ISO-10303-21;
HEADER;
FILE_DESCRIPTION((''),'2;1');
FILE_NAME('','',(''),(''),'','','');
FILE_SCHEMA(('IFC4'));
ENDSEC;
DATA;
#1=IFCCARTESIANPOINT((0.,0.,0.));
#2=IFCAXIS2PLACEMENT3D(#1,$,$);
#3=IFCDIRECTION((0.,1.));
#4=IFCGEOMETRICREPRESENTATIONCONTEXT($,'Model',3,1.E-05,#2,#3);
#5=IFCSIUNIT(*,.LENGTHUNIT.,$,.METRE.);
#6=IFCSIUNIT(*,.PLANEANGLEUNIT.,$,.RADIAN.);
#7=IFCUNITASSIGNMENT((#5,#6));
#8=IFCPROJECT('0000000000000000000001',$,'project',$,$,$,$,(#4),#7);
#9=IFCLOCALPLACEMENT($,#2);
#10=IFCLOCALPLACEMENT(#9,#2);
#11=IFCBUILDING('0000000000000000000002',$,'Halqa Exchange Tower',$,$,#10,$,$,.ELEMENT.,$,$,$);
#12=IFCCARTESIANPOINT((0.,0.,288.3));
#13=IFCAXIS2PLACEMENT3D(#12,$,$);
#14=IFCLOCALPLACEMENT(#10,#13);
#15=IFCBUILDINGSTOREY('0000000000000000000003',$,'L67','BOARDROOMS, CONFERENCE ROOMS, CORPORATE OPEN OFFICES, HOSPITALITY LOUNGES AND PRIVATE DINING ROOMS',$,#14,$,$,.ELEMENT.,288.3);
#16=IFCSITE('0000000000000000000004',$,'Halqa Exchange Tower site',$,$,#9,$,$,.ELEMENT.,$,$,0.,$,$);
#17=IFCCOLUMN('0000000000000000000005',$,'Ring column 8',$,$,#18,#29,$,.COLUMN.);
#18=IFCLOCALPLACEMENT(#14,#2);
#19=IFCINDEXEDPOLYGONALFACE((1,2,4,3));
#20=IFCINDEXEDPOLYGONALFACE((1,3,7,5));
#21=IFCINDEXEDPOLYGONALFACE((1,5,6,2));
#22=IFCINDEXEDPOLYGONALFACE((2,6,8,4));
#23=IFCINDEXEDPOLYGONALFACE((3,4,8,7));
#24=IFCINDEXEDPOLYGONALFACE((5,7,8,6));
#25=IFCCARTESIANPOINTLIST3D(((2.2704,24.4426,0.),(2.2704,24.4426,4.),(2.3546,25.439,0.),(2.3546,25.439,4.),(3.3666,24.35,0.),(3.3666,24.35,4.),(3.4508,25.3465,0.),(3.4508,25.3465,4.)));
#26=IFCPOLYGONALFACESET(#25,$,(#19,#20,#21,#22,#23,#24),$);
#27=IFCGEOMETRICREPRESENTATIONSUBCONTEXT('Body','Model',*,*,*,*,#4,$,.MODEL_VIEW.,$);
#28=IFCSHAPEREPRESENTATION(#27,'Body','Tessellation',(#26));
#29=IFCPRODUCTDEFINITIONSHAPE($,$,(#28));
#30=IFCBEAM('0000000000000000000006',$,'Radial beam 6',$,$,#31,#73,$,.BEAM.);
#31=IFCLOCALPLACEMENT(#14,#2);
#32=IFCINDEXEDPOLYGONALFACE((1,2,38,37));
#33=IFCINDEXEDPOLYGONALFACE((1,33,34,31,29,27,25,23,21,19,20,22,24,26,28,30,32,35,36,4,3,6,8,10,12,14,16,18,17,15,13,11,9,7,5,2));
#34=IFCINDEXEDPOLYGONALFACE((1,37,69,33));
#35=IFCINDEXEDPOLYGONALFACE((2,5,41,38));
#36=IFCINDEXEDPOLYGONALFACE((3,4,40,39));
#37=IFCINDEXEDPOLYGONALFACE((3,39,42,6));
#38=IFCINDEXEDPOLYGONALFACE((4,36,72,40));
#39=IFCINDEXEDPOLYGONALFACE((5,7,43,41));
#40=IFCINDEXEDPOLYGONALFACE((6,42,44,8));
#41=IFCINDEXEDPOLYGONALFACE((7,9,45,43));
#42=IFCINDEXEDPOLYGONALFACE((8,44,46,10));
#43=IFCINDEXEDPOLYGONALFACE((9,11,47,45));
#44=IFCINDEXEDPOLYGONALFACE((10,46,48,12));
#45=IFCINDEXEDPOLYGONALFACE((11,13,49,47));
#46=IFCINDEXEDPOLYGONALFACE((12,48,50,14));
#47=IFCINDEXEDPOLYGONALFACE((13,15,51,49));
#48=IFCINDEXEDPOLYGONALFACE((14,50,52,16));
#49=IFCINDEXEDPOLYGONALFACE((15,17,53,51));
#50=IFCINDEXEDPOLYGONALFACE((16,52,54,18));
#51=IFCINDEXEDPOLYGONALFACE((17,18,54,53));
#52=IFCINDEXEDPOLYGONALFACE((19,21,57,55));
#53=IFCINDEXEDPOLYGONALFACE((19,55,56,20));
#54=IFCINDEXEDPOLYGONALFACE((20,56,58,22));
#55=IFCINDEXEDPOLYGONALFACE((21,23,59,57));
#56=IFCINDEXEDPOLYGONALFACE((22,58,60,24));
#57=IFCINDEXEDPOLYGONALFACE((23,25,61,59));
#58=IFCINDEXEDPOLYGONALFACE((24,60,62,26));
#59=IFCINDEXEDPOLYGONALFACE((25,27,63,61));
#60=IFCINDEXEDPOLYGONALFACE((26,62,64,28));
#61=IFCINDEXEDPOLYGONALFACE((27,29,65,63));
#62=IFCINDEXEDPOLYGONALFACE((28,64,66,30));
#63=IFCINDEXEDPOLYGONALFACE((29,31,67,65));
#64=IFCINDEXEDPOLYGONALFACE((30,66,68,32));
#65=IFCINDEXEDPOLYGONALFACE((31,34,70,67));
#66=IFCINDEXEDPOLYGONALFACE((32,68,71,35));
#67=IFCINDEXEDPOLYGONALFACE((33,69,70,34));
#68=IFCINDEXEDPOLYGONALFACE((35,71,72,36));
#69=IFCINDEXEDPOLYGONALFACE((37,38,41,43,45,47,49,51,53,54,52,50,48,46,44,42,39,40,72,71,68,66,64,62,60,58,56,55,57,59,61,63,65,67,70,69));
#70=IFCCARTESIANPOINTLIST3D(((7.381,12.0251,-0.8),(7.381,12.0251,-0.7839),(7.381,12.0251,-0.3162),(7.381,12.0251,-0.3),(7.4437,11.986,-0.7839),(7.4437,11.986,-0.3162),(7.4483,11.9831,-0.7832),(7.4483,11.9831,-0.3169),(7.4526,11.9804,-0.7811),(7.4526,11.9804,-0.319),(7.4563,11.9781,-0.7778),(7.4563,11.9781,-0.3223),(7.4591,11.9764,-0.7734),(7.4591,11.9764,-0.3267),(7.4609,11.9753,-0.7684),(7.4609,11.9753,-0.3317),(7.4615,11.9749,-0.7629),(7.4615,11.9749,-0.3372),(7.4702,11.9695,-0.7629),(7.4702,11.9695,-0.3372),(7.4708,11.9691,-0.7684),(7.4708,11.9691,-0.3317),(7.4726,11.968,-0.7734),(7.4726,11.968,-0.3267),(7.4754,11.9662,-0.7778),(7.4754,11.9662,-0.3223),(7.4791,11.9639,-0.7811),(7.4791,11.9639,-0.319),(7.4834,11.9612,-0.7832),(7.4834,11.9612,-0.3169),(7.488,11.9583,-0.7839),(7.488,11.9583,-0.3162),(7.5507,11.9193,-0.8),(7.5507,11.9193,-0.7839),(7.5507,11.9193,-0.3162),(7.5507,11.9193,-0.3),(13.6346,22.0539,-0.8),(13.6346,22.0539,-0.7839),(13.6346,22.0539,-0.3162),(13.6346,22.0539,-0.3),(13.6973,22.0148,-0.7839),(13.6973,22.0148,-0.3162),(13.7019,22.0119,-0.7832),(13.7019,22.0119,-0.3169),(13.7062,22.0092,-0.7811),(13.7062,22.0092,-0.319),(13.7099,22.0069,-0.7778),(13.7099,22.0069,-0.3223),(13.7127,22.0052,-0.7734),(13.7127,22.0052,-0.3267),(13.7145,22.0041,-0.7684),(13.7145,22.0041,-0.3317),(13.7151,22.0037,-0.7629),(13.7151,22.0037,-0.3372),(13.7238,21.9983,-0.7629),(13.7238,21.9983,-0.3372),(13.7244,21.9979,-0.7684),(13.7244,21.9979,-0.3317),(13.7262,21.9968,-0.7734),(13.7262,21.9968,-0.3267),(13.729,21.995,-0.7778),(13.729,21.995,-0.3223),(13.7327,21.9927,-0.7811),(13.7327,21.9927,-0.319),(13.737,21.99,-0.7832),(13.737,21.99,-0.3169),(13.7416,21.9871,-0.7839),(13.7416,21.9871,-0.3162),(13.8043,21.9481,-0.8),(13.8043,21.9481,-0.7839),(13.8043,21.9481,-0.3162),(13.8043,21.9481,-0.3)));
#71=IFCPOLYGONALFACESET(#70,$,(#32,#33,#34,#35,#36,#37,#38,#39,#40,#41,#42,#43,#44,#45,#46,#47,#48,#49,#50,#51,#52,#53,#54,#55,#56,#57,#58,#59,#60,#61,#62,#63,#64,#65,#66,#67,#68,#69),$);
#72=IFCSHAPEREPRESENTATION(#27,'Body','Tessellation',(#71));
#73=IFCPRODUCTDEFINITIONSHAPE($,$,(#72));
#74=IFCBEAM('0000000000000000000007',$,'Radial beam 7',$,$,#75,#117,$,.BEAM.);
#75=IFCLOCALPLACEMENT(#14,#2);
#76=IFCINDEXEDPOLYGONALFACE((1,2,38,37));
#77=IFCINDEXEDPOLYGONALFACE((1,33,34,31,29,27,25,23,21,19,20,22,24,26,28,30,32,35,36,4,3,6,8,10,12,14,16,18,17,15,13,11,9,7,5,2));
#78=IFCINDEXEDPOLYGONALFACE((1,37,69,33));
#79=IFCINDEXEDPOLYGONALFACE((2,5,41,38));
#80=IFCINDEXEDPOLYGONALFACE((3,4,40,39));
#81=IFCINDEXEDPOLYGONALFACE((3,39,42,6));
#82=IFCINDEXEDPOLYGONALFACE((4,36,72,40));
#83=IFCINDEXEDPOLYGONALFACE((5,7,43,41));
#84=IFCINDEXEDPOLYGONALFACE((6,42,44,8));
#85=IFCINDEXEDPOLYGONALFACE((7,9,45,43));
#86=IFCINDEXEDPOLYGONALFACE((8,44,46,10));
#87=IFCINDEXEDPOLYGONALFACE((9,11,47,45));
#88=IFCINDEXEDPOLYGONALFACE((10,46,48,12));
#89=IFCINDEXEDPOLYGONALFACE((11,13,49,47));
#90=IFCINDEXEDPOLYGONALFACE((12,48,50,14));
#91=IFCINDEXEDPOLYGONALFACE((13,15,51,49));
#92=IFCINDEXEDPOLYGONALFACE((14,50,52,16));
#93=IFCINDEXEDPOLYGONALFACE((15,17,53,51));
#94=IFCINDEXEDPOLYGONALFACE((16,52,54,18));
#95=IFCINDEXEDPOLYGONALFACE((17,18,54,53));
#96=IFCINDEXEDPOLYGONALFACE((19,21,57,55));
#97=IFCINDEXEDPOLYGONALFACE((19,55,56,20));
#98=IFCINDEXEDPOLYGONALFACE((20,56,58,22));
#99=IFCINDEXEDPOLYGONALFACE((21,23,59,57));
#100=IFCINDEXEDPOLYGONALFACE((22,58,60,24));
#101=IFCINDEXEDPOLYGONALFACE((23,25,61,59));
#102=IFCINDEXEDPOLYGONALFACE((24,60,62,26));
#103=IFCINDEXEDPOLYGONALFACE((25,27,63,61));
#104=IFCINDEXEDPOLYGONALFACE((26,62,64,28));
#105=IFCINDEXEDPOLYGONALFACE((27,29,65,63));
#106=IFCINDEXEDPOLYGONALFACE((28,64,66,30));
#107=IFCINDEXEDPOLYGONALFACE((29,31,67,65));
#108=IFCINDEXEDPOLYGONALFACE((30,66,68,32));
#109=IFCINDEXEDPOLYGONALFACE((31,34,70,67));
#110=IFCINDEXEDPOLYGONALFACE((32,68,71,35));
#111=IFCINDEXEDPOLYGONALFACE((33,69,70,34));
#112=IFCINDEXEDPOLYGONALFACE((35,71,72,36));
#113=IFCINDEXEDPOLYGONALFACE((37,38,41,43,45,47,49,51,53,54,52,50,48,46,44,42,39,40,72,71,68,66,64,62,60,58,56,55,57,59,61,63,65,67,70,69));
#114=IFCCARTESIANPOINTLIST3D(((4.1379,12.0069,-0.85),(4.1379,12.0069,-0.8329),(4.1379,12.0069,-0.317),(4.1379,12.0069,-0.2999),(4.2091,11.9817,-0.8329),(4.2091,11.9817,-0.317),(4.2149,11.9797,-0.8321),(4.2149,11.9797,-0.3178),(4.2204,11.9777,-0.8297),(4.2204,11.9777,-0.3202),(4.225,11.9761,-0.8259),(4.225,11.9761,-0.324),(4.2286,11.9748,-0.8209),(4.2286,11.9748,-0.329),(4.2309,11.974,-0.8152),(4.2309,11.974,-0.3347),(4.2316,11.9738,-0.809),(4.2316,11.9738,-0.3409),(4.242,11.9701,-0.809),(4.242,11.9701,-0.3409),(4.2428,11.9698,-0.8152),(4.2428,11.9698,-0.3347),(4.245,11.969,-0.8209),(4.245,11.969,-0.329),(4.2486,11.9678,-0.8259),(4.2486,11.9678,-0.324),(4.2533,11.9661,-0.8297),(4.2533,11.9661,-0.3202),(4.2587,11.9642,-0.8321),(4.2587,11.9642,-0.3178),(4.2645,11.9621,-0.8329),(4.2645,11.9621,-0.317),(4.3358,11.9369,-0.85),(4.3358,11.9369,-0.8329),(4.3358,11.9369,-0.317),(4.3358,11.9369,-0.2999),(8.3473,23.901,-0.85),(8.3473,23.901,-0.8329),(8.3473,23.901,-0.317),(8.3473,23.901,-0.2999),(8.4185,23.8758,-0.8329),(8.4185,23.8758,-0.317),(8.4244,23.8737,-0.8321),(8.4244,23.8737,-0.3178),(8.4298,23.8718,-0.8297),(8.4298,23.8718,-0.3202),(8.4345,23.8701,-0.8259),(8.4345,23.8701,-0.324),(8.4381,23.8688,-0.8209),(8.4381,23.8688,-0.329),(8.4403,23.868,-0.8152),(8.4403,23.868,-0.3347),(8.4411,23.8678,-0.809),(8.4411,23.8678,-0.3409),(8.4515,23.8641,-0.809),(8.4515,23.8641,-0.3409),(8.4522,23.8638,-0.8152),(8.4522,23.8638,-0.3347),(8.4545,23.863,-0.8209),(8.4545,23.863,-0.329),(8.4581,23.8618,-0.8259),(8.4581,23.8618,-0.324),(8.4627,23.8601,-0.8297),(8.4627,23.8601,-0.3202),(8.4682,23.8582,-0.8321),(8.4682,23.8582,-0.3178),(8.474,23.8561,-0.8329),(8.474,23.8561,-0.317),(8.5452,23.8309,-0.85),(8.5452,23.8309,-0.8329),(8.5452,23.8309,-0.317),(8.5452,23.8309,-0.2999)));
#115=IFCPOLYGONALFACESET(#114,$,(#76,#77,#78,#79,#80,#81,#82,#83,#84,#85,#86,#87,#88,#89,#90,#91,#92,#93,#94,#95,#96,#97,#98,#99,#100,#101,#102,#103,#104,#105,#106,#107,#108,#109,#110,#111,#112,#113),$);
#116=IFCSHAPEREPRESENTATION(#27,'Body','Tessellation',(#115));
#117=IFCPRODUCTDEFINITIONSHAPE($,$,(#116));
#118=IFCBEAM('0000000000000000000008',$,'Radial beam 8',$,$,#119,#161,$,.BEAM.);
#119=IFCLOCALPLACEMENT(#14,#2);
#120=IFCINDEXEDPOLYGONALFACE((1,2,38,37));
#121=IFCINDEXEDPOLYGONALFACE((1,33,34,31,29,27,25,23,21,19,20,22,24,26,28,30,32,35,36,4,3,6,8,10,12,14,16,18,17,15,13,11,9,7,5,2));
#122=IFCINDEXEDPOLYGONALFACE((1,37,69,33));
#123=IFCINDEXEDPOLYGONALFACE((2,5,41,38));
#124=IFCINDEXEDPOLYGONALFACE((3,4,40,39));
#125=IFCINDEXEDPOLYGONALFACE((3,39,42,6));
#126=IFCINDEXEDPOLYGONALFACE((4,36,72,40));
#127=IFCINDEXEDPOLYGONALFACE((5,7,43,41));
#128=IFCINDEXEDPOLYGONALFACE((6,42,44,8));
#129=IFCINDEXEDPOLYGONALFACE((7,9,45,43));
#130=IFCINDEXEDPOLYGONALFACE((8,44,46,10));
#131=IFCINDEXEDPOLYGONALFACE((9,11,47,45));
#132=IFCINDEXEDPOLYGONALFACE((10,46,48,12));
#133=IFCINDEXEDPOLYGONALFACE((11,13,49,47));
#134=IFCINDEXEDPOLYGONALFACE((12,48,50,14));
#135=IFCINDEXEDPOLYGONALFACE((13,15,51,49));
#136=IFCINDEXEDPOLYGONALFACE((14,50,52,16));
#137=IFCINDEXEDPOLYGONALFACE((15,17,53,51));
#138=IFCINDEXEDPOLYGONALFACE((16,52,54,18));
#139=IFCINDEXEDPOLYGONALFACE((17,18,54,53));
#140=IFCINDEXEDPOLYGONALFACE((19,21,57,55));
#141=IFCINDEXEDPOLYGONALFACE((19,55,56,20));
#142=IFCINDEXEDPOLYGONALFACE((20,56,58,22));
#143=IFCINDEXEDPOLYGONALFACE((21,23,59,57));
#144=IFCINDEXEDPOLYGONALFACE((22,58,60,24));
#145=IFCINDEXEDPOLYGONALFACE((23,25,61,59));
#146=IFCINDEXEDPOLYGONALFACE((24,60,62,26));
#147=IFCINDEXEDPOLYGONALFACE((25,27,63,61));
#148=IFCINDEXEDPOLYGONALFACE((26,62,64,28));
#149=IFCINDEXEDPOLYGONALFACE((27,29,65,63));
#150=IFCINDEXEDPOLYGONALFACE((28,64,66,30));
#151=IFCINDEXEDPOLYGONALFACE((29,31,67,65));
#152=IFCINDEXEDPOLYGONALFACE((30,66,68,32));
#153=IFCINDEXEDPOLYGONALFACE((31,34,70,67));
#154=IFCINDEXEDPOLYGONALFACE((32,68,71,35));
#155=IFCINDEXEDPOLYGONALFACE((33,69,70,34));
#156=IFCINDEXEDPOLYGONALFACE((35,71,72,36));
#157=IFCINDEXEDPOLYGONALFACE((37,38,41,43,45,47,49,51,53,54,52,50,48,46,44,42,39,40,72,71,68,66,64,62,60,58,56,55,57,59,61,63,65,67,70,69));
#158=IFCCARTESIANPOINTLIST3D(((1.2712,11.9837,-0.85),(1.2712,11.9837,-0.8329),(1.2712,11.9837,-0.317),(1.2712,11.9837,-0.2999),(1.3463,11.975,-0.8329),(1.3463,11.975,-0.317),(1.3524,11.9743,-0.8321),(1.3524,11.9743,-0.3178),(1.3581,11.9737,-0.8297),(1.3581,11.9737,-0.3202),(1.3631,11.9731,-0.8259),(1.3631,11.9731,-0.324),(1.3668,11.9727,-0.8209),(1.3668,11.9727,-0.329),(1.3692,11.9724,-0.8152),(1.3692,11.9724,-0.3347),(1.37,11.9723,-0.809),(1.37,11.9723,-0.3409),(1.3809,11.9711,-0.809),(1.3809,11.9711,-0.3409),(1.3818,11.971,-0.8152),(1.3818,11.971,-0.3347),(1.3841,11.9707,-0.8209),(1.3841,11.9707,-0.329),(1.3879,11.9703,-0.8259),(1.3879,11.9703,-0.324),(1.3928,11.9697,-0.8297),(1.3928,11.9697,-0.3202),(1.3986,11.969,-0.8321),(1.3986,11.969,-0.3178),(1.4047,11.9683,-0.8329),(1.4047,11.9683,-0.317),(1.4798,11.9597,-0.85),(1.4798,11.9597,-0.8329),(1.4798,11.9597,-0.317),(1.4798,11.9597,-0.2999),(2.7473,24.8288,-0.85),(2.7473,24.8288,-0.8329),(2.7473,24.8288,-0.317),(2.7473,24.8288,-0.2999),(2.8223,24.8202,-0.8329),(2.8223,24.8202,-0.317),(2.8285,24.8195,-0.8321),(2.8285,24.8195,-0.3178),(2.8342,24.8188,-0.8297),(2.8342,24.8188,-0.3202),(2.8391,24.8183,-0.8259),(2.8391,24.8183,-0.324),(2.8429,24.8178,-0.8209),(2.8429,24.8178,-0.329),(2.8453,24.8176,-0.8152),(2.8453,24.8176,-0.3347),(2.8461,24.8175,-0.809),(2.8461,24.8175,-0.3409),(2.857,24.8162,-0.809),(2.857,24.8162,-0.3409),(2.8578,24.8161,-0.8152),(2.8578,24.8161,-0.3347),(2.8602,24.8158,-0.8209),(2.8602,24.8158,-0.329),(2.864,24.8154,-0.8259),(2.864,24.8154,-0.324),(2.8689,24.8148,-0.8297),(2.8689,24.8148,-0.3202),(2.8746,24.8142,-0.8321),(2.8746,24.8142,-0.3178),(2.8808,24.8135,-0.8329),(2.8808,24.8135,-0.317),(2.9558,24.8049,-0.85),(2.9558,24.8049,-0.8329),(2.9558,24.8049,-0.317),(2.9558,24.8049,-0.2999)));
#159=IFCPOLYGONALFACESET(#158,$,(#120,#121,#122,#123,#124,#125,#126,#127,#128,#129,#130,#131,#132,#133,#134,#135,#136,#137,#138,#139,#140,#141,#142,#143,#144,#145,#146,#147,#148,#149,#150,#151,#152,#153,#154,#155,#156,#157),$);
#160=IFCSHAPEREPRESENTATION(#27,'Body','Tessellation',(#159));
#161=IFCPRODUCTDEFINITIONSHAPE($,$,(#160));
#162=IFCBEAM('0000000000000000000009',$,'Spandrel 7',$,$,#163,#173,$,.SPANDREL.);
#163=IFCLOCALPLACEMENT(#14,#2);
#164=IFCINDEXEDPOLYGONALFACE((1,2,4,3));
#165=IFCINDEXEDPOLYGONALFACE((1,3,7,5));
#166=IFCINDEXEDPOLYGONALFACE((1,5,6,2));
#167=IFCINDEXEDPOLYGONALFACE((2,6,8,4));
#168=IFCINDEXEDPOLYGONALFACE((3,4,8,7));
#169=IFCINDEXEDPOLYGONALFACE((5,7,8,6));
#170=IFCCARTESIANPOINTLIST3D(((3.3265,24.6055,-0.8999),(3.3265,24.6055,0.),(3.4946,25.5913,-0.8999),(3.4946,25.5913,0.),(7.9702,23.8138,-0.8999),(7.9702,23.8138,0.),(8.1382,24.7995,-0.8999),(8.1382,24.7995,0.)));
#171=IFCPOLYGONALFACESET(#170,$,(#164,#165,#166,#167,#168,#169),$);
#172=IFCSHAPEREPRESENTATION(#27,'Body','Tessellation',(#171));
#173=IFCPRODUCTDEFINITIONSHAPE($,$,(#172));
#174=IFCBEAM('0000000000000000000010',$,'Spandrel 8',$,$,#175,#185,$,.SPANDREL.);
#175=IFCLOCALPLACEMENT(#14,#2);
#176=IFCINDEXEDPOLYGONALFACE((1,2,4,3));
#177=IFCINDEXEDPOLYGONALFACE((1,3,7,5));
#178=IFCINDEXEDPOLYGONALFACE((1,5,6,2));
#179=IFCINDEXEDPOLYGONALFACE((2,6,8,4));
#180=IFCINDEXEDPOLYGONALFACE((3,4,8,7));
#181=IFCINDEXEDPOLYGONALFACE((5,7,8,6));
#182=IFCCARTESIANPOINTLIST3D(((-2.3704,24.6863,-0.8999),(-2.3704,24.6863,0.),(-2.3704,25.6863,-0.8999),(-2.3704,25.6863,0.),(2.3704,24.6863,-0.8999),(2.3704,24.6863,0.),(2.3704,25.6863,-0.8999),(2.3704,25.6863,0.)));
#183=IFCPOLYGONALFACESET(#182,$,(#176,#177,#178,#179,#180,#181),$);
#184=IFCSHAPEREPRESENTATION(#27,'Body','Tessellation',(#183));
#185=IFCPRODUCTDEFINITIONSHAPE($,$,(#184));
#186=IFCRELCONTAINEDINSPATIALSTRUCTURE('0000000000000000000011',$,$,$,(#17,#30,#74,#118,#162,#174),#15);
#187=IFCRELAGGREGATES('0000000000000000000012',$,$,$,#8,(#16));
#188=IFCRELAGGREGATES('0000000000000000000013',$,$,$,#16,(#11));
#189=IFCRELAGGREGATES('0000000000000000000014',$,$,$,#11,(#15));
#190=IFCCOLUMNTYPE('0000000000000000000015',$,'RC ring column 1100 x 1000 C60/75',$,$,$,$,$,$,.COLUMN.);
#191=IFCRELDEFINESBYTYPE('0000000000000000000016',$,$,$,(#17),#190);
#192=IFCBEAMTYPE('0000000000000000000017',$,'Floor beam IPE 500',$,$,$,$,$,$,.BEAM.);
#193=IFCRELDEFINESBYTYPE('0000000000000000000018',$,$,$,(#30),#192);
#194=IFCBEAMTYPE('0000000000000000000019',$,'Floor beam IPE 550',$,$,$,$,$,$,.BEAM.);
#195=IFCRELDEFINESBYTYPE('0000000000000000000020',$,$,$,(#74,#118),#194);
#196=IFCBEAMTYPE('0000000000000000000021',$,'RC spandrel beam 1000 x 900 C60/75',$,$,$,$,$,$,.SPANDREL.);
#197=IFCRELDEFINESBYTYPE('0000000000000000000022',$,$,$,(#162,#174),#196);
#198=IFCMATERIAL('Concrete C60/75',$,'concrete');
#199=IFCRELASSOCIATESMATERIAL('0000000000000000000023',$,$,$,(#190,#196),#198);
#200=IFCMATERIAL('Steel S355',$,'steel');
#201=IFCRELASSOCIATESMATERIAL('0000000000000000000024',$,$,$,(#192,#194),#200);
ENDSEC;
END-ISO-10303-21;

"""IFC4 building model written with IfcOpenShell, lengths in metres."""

from ifc_helpers import new_model, si_unit, direction, frame, origin, origin_2d, place, context, subcontext, project, spatial, rectangle, i_section, extrude, material, material_profile, profile_set, type_object, element, save


model = new_model("IFC4")

# Units and contexts
model_context = context("Model", 3, precision=1e-05, world=origin(), true_north=direction((0.0, 1.0)))
body_context = subcontext(model_context, "Body", "Model", "MODEL_VIEW")
ifc_project = project(units=[si_unit("LENGTHUNIT", "METRE"), si_unit("PLANEANGLEUNIT", "RADIAN")], contexts=[model_context])

# Site, building, storey
site_placement = place(None, origin())
site = spatial("IfcSite", under=ifc_project, at=site_placement, Name="Halqa Exchange Tower site", CompositionType="ELEMENT", RefElevation=0.0)
building_placement = place(site_placement, origin())
building = spatial("IfcBuilding", under=site, at=building_placement, Name="Halqa Exchange Tower", CompositionType="ELEMENT")
storey_placement = place(building_placement, frame((0.0, 0.0, 288.3)))
storey = spatial("IfcBuildingStorey", under=building, at=storey_placement, Name="L67", Description="BOARDROOMS, CONFERENCE ROOMS, CORPORATE OPEN OFFICES, HOSPITALITY LOUNGES AND PRIVATE DINING ROOMS", CompositionType="ELEMENT", Elevation=288.3)

# Column
ifc_material_1 = material(Name="Concrete C60/75", Category="concrete")
ifc_material_profile_1 = material_profile(ifc_material_1, rectangle(XDim=1.1001, YDim=1.0, at=origin_2d()), Name="1100 x 1000")
ifc_profile_set_1 = profile_set([ifc_material_profile_1], Name="Concrete C60/75")
column_type = type_object("IfcColumnType", Name="RC ring column 1100 x 1000 C60/75", PredefinedType="COLUMN", material=ifc_profile_set_1)
column_placement = place(storey_placement, frame((2.8606, 24.8945, 0.0), z_axis=(0.0, 0.0, 1.0), x_axis=(-0.996456, 0.084114, 0.0)))
element("IfcColumn", 1, at=column_placement, inside=storey, type_object=column_type, Name="Ring column 8", PredefinedType="COLUMN", context=body_context, shape_type="SweptSolid", body=[
    extrude(rectangle(XDim=1.1001, YDim=1.0, at=origin_2d()), origin(), (0.0, 0.0, 1.0), 4.0),
])

# Beams
ifc_material_2 = material(Name="Steel S355", Category="steel")
ifc_material_profile_2 = material_profile(ifc_material_2, i_section(OverallWidth=0.2, OverallDepth=0.5, WebThickness=0.0103, FlangeThickness=0.0161, FilletRadius=0.021, at=origin_2d()), Name="IPE 500")
ifc_profile_set_2 = profile_set([ifc_material_profile_2], Name="Steel S355")
beam_type_1 = type_object("IfcBeamType", Name="Floor beam IPE 500", PredefinedType="BEAM", material=ifc_profile_set_2)
beam_1_placement = place(storey_placement, frame((7.4658, 11.9722, -0.55), z_axis=(0.529126, 0.848543, 0.0), x_axis=(-0.848543, 0.529126, 0.0)))
element("IfcBeam", 2, at=beam_1_placement, inside=storey, type_object=beam_type_1, Name="Radial beam 6", PredefinedType="BEAM", context=body_context, shape_type="SweptSolid", body=[
    extrude(i_section(OverallWidth=0.2, OverallDepth=0.5, WebThickness=0.0103, FlangeThickness=0.0161, FilletRadius=0.021, at=origin_2d()), origin(), (0.0, 0.0, 1.0), 11.8188),
])
ifc_material_profile_3 = material_profile(ifc_material_2, i_section(OverallWidth=0.21, OverallDepth=0.55, WebThickness=0.011, FlangeThickness=0.0171, FilletRadius=0.0239, at=origin_2d()), Name="IPE 550")
ifc_profile_set_3 = profile_set([ifc_material_profile_3], Name="Steel S355")
beam_type_2 = type_object("IfcBeamType", Name="Floor beam IPE 550", PredefinedType="BEAM", material=ifc_profile_set_3)
beam_2_placement = place(storey_placement, frame((4.2368, 11.9719, -0.575), z_axis=(0.333636, 0.942702, 0.0), x_axis=(-0.942702, 0.333636, 0.0)))
element("IfcBeam", 3, at=beam_2_placement, inside=storey, type_object=beam_type_2, Name="Radial beam 7", PredefinedType="BEAM", context=body_context, shape_type="SweptSolid", body=[
    extrude(i_section(OverallWidth=0.21, OverallDepth=0.55, WebThickness=0.011, FlangeThickness=0.0171, FilletRadius=0.0239, at=origin_2d()), origin(), (0.0, 0.0, 1.0), 12.6169),
])
beam_3_placement = place(storey_placement, frame((1.3755, 11.9717, -0.575), z_axis=(0.114161, 0.993462, 0.0), x_axis=(-0.993462, 0.114161, 0.0)))
element("IfcBeam", 4, at=beam_3_placement, inside=storey, type_object=beam_type_2, Name="Radial beam 8", PredefinedType="BEAM", context=body_context, shape_type="SweptSolid", body=[
    extrude(i_section(OverallWidth=0.21, OverallDepth=0.55, WebThickness=0.011, FlangeThickness=0.0171, FilletRadius=0.0239, at=origin_2d()), origin(), (0.0, 0.0, 1.0), 12.9297),
])
ifc_material_profile_4 = material_profile(ifc_material_1, rectangle(XDim=1.0, YDim=0.8999, at=origin_2d()), Name="1000 x 900")
ifc_profile_set_4 = profile_set([ifc_material_profile_4], Name="Concrete C60/75")
beam_type_3 = type_object("IfcBeamType", Name="RC spandrel beam 1000 x 900 C60/75", PredefinedType="SPANDREL", material=ifc_profile_set_4)
beam_4_placement = place(storey_placement, frame((8.0542, 24.3066, -0.45), z_axis=(-0.985775, 0.16807, 0.0), x_axis=(-0.16807, -0.985775, 0.0)))
element("IfcBeam", 5, at=beam_4_placement, inside=storey, type_object=beam_type_3, Name="Spandrel 7", PredefinedType="SPANDREL", context=body_context, shape_type="SweptSolid", body=[
    extrude(rectangle(XDim=1.0, YDim=0.8999, at=origin_2d()), origin(), (0.0, 0.0, 1.0), 4.7107),
])
beam_5_placement = place(storey_placement, frame((2.3704, 25.1863, -0.45), z_axis=(-1.0, 0.0, 0.0), x_axis=(0.0, -1.0, 0.0)))
element("IfcBeam", 6, at=beam_5_placement, inside=storey, type_object=beam_type_3, Name="Spandrel 8", PredefinedType="SPANDREL", context=body_context, shape_type="SweptSolid", body=[
    extrude(rectangle(XDim=1.0, YDim=0.8999, at=origin_2d()), origin(), (0.0, 0.0, 1.0), 4.7407),
])

save(model, "model.ifc")
